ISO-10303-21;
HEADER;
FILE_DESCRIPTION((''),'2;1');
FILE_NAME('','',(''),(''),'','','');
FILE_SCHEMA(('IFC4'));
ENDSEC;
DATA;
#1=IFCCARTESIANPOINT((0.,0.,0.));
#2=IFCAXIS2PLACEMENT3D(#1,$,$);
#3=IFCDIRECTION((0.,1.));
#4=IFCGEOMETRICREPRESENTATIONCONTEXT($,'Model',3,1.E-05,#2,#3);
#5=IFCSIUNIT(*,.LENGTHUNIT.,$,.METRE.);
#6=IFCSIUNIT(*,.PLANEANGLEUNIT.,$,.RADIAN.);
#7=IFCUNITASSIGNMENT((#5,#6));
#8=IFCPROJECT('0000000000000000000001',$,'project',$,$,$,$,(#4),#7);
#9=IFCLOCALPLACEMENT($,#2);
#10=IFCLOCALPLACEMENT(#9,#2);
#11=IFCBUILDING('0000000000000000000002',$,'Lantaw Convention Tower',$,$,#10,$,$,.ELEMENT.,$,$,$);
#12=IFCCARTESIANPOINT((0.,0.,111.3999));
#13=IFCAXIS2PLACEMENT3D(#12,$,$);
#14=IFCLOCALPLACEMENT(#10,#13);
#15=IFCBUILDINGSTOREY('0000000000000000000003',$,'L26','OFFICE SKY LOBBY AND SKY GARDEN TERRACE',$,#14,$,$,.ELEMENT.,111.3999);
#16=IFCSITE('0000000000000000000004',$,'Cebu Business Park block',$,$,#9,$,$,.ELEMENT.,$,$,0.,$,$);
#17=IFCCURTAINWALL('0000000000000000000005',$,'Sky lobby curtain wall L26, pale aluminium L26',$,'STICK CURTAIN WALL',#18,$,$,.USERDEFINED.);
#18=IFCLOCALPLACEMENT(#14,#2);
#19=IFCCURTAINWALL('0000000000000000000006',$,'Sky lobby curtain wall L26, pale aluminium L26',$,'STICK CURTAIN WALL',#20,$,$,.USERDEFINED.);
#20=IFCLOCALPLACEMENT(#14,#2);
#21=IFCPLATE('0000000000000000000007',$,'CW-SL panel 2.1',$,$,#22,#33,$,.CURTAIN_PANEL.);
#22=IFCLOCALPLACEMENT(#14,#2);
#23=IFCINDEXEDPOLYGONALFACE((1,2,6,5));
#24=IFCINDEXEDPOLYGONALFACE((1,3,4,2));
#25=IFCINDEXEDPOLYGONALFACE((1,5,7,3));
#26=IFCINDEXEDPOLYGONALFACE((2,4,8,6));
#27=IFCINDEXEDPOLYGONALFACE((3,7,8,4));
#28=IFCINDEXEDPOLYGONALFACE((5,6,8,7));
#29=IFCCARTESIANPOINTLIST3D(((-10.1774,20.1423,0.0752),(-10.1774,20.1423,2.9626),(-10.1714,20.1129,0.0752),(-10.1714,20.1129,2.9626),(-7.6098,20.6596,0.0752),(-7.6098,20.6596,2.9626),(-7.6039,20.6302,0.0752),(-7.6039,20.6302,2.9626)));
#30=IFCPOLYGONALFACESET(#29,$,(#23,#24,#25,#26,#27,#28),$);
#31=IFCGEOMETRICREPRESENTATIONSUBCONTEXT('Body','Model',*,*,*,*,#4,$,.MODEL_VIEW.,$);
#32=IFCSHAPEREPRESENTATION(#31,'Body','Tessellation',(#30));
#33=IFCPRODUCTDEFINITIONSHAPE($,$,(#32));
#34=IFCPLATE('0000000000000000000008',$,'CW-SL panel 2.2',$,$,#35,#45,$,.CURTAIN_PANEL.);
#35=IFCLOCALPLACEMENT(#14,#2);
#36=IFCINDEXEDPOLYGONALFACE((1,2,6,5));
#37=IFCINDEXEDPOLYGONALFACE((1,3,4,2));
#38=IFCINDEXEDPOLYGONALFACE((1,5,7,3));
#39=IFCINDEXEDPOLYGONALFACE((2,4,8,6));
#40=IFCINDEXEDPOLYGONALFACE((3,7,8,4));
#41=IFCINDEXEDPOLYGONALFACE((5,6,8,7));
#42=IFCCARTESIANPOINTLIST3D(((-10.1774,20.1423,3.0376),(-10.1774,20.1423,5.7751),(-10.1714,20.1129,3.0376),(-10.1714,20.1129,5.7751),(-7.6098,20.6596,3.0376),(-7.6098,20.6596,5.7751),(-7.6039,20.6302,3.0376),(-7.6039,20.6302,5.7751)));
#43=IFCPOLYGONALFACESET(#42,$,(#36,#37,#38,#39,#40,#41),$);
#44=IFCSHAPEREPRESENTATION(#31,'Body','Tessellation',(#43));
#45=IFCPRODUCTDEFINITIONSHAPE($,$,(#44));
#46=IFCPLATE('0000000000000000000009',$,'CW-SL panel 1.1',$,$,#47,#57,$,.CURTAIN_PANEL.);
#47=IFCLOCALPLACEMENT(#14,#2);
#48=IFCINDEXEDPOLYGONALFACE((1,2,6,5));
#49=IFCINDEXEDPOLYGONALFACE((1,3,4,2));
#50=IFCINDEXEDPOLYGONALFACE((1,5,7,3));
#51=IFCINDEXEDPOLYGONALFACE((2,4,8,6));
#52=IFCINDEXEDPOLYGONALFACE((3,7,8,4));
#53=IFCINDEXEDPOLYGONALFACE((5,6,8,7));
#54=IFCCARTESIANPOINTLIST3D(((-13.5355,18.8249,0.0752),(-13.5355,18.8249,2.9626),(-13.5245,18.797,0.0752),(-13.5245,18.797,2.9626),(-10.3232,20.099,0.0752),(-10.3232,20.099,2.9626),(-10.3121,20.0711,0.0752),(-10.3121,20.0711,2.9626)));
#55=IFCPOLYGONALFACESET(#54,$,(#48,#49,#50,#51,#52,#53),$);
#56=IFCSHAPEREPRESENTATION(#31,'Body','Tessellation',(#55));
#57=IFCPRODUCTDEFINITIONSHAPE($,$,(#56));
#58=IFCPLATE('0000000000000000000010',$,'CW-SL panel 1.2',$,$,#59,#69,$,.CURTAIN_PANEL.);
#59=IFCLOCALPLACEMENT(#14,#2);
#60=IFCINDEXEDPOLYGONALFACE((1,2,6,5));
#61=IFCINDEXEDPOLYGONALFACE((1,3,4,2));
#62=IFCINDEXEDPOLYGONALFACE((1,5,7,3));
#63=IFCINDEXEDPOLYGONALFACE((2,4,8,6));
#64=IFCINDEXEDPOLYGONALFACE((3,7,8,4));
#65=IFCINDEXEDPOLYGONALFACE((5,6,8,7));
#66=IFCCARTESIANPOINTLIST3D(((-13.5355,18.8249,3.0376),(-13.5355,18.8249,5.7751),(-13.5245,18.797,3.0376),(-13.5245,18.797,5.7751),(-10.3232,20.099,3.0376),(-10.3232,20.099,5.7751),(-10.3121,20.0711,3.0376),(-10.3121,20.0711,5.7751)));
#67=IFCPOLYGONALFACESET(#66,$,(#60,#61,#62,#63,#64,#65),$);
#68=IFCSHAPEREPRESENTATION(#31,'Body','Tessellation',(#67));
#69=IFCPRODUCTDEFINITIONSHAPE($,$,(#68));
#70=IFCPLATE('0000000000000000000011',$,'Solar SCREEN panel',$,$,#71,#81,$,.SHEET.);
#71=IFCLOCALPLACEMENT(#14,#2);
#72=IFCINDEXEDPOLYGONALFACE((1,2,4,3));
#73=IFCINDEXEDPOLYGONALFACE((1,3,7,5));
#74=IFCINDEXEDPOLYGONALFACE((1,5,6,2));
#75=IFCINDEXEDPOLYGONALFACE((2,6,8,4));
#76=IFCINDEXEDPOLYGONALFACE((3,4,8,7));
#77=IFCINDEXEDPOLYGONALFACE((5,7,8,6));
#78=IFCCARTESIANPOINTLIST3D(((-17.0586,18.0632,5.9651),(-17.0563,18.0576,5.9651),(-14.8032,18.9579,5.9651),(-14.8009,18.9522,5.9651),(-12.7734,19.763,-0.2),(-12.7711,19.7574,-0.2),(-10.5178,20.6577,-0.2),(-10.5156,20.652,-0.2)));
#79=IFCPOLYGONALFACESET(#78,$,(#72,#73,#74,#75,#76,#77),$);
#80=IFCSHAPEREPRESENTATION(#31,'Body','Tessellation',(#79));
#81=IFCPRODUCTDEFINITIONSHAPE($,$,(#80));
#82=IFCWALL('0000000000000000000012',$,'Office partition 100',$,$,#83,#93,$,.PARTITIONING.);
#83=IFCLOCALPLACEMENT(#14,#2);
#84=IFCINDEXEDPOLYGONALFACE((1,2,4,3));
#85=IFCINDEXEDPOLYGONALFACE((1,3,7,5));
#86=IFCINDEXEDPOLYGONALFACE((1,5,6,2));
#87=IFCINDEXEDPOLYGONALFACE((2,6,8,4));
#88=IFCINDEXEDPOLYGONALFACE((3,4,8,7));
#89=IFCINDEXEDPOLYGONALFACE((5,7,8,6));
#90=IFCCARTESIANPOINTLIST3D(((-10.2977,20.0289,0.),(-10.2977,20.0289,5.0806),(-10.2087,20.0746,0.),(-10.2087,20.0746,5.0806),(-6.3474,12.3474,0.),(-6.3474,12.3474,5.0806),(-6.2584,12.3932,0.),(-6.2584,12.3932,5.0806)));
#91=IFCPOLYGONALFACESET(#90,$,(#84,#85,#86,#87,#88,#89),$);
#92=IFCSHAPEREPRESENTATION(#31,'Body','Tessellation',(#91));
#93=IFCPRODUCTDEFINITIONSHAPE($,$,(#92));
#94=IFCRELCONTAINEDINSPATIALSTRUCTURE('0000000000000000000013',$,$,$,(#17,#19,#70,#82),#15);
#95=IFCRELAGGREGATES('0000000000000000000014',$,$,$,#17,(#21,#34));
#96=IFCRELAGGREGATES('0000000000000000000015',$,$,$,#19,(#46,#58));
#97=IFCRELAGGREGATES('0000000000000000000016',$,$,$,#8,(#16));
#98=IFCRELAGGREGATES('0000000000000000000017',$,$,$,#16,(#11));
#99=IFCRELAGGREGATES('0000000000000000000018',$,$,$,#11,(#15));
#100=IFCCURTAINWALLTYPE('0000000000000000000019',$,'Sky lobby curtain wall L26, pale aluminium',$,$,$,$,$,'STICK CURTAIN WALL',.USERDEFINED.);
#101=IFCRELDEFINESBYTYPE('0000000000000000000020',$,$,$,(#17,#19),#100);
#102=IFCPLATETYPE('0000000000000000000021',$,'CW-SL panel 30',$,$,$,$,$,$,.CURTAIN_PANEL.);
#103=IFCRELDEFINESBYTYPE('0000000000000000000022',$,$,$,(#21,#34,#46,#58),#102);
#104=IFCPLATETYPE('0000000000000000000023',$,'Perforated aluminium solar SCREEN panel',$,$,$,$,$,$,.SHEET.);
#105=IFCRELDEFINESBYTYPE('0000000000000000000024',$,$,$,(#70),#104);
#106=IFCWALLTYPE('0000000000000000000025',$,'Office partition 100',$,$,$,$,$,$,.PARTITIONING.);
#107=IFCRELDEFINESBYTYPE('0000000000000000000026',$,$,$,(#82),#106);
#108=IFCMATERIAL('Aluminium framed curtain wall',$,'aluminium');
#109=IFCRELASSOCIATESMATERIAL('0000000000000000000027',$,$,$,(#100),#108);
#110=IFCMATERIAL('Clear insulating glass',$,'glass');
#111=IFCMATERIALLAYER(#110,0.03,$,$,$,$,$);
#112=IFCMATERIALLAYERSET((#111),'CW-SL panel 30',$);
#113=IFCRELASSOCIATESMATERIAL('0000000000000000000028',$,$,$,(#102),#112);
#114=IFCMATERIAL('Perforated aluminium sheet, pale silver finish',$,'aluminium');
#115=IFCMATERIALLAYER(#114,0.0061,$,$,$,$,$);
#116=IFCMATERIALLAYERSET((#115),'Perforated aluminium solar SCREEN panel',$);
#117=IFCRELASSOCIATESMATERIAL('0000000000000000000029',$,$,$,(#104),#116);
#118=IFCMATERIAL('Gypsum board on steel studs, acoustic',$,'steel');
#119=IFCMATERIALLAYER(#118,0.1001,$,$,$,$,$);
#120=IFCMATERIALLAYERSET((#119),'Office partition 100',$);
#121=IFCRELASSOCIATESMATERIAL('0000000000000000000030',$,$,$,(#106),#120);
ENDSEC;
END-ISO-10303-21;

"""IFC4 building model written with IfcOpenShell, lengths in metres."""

from ifc_helpers import new_model, si_unit, direction, frame, frame_2d, origin, origin_2d, place, context, subcontext, project, spatial, polyline, rectangle, outline, extrude, material, layer, layer_set, type_object, element, aggregate, save


model = new_model("IFC4")

# Units and contexts
model_context = context("Model", 3, precision=1e-05, world=origin(), true_north=direction((0.0, 1.0)))
body_context = subcontext(model_context, "Body", "Model", "MODEL_VIEW")
ifc_project = project(units=[si_unit("LENGTHUNIT", "METRE"), si_unit("PLANEANGLEUNIT", "RADIAN")], contexts=[model_context])

# Site, building, storey
site_placement = place(None, origin())
site = spatial("IfcSite", under=ifc_project, at=site_placement, Name="Cebu Business Park block", CompositionType="ELEMENT", RefElevation=0.0)
building_placement = place(site_placement, origin())
building = spatial("IfcBuilding", under=site, at=building_placement, Name="Lantaw Convention Tower", CompositionType="ELEMENT")
storey_placement = place(building_placement, frame((0.0, 0.0, 111.3999)))
storey = spatial("IfcBuildingStorey", under=building, at=storey_placement, Name="L26", Description="OFFICE SKY LOBBY AND SKY GARDEN TERRACE", CompositionType="ELEMENT", Elevation=111.3999)

# Curtain wall
ifc_material_1 = material(Name="Aluminium framed curtain wall", Category="aluminium")
curtain_wall_type = type_object("IfcCurtainWallType", Name="Sky lobby curtain wall L26, pale aluminium", ElementType="STICK CURTAIN WALL", PredefinedType="USERDEFINED", material=ifc_material_1)
curtain_wall_1_placement = place(storey_placement, origin())
curtain_wall_1 = element("IfcCurtainWall", 1, at=curtain_wall_1_placement, inside=storey, type_object=curtain_wall_type, Name="Sky lobby curtain wall L26, pale aluminium L26", ObjectType="STICK CURTAIN WALL", PredefinedType="USERDEFINED")

# Curtain wall
curtain_wall_2_placement = place(storey_placement, origin())
curtain_wall_2 = element("IfcCurtainWall", 2, at=curtain_wall_2_placement, inside=storey, type_object=curtain_wall_type, Name="Sky lobby curtain wall L26, pale aluminium L26", ObjectType="STICK CURTAIN WALL", PredefinedType="USERDEFINED")

# Plates
ifc_material_2 = material(Name="Clear insulating glass", Category="glass")
ifc_layer_1 = layer(ifc_material_2, 0.03)
ifc_layer_set_1 = layer_set([ifc_layer_1], Name="CW-SL panel 30")
plate_type_1 = type_object("IfcPlateType", Name="CW-SL panel 30", PredefinedType="CURTAIN_PANEL", material=ifc_layer_set_1)
plate_1_placement = place(storey_placement, frame((-8.8906, 20.3862, 0.0752), z_axis=(0.0, 0.0, 1.0), x_axis=(-0.980302, -0.197507, 0.0)))
plate_1 = element("IfcPlate", 3, at=plate_1_placement, type_object=plate_type_1, Name="CW-SL panel 2.1", PredefinedType="CURTAIN_PANEL", context=body_context, shape_type="SweptSolid", body=[
    extrude(rectangle(XDim=2.6191, YDim=0.03, at=origin_2d()), origin(), (0.0, 0.0, 1.0), 2.8875),
])
plate_2_placement = place(storey_placement, frame((-8.8906, 20.3862, 3.0376), z_axis=(0.0, 0.0, 1.0), x_axis=(-0.980302, -0.197507, 0.0)))
plate_2 = element("IfcPlate", 4, at=plate_2_placement, type_object=plate_type_1, Name="CW-SL panel 2.2", PredefinedType="CURTAIN_PANEL", context=body_context, shape_type="SweptSolid", body=[
    extrude(rectangle(XDim=2.6191, YDim=0.03, at=origin_2d()), origin(), (0.0, 0.0, 1.0), 2.7375),
])
aggregate(curtain_wall_1, [plate_1, plate_2])
plate_3_placement = place(storey_placement, frame((-11.9238, 19.448, 0.0752), z_axis=(0.0, 0.0, 1.0), x_axis=(-0.929548, -0.368702, 0.0)))
plate_3 = element("IfcPlate", 5, at=plate_3_placement, type_object=plate_type_1, Name="CW-SL panel 1.1", PredefinedType="CURTAIN_PANEL", context=body_context, shape_type="SweptSolid", body=[
    extrude(rectangle(XDim=3.4558, YDim=0.03, at=origin_2d()), origin(), (0.0, 0.0, 1.0), 2.8875),
])
plate_4_placement = place(storey_placement, frame((-11.9238, 19.448, 3.0376), z_axis=(0.0, 0.0, 1.0), x_axis=(-0.929548, -0.368702, 0.0)))
plate_4 = element("IfcPlate", 6, at=plate_4_placement, type_object=plate_type_1, Name="CW-SL panel 1.2", PredefinedType="CURTAIN_PANEL", context=body_context, shape_type="SweptSolid", body=[
    extrude(rectangle(XDim=3.4558, YDim=0.03, at=origin_2d()), origin(), (0.0, 0.0, 1.0), 2.7375),
])
aggregate(curtain_wall_2, [plate_3, plate_4])
ifc_material_3 = material(Name="Perforated aluminium sheet, pale silver finish", Category="aluminium")
ifc_layer_2 = layer(ifc_material_3, 0.0061)
ifc_layer_set_2 = layer_set([ifc_layer_2], Name="Perforated aluminium solar SCREEN panel")
plate_type_2 = type_object("IfcPlateType", Name="Perforated aluminium solar SCREEN panel", PredefinedType="SHEET", material=ifc_layer_set_2)
plate_5_placement = place(storey_placement, frame((-10.5178, 20.6577, -0.2), z_axis=(-0.368709, 0.929545, 0.000008), x_axis=(-0.929545, -0.368709, 0.0)))
element("IfcPlate", 7, at=plate_5_placement, inside=storey, type_object=plate_type_2, Name="Solar SCREEN panel", PredefinedType="SHEET", context=body_context, shape_type="SweptSolid", body=[
    extrude(outline(polyline([(0.0, 0.0), (2.4265, 0.0), (7.0365, 6.165), (4.6102, 6.165), (0.0, 0.0)])), origin(), (0.0, 0.0, -1.0), 0.0061),
])

# Wall
ifc_material_4 = material(Name="Gypsum board on steel studs, acoustic", Category="steel")
ifc_layer_3 = layer(ifc_material_4, 0.1001)
ifc_layer_set_3 = layer_set([ifc_layer_3], Name="Office partition 100")
wall_type = type_object("IfcWallType", Name="Office partition 100", PredefinedType="PARTITIONING", material=ifc_layer_set_3)
wall_placement = place(storey_placement, frame((-10.2532, 20.0518, 0.0), z_axis=(0.0, 0.0, 1.0), x_axis=(0.457326, -0.889299, 0.0)))
element("IfcWall", 8, at=wall_placement, inside=storey, type_object=wall_type, Name="Office partition 100", PredefinedType="PARTITIONING", context=body_context, shape_type="SweptSolid", body=[
    extrude(rectangle(XDim=8.6377, YDim=0.1001, at=frame_2d((4.3188, 0.0))), origin(), (0.0, 0.0, 1.0), 5.0806),
])

save(model, "model.ifc")
